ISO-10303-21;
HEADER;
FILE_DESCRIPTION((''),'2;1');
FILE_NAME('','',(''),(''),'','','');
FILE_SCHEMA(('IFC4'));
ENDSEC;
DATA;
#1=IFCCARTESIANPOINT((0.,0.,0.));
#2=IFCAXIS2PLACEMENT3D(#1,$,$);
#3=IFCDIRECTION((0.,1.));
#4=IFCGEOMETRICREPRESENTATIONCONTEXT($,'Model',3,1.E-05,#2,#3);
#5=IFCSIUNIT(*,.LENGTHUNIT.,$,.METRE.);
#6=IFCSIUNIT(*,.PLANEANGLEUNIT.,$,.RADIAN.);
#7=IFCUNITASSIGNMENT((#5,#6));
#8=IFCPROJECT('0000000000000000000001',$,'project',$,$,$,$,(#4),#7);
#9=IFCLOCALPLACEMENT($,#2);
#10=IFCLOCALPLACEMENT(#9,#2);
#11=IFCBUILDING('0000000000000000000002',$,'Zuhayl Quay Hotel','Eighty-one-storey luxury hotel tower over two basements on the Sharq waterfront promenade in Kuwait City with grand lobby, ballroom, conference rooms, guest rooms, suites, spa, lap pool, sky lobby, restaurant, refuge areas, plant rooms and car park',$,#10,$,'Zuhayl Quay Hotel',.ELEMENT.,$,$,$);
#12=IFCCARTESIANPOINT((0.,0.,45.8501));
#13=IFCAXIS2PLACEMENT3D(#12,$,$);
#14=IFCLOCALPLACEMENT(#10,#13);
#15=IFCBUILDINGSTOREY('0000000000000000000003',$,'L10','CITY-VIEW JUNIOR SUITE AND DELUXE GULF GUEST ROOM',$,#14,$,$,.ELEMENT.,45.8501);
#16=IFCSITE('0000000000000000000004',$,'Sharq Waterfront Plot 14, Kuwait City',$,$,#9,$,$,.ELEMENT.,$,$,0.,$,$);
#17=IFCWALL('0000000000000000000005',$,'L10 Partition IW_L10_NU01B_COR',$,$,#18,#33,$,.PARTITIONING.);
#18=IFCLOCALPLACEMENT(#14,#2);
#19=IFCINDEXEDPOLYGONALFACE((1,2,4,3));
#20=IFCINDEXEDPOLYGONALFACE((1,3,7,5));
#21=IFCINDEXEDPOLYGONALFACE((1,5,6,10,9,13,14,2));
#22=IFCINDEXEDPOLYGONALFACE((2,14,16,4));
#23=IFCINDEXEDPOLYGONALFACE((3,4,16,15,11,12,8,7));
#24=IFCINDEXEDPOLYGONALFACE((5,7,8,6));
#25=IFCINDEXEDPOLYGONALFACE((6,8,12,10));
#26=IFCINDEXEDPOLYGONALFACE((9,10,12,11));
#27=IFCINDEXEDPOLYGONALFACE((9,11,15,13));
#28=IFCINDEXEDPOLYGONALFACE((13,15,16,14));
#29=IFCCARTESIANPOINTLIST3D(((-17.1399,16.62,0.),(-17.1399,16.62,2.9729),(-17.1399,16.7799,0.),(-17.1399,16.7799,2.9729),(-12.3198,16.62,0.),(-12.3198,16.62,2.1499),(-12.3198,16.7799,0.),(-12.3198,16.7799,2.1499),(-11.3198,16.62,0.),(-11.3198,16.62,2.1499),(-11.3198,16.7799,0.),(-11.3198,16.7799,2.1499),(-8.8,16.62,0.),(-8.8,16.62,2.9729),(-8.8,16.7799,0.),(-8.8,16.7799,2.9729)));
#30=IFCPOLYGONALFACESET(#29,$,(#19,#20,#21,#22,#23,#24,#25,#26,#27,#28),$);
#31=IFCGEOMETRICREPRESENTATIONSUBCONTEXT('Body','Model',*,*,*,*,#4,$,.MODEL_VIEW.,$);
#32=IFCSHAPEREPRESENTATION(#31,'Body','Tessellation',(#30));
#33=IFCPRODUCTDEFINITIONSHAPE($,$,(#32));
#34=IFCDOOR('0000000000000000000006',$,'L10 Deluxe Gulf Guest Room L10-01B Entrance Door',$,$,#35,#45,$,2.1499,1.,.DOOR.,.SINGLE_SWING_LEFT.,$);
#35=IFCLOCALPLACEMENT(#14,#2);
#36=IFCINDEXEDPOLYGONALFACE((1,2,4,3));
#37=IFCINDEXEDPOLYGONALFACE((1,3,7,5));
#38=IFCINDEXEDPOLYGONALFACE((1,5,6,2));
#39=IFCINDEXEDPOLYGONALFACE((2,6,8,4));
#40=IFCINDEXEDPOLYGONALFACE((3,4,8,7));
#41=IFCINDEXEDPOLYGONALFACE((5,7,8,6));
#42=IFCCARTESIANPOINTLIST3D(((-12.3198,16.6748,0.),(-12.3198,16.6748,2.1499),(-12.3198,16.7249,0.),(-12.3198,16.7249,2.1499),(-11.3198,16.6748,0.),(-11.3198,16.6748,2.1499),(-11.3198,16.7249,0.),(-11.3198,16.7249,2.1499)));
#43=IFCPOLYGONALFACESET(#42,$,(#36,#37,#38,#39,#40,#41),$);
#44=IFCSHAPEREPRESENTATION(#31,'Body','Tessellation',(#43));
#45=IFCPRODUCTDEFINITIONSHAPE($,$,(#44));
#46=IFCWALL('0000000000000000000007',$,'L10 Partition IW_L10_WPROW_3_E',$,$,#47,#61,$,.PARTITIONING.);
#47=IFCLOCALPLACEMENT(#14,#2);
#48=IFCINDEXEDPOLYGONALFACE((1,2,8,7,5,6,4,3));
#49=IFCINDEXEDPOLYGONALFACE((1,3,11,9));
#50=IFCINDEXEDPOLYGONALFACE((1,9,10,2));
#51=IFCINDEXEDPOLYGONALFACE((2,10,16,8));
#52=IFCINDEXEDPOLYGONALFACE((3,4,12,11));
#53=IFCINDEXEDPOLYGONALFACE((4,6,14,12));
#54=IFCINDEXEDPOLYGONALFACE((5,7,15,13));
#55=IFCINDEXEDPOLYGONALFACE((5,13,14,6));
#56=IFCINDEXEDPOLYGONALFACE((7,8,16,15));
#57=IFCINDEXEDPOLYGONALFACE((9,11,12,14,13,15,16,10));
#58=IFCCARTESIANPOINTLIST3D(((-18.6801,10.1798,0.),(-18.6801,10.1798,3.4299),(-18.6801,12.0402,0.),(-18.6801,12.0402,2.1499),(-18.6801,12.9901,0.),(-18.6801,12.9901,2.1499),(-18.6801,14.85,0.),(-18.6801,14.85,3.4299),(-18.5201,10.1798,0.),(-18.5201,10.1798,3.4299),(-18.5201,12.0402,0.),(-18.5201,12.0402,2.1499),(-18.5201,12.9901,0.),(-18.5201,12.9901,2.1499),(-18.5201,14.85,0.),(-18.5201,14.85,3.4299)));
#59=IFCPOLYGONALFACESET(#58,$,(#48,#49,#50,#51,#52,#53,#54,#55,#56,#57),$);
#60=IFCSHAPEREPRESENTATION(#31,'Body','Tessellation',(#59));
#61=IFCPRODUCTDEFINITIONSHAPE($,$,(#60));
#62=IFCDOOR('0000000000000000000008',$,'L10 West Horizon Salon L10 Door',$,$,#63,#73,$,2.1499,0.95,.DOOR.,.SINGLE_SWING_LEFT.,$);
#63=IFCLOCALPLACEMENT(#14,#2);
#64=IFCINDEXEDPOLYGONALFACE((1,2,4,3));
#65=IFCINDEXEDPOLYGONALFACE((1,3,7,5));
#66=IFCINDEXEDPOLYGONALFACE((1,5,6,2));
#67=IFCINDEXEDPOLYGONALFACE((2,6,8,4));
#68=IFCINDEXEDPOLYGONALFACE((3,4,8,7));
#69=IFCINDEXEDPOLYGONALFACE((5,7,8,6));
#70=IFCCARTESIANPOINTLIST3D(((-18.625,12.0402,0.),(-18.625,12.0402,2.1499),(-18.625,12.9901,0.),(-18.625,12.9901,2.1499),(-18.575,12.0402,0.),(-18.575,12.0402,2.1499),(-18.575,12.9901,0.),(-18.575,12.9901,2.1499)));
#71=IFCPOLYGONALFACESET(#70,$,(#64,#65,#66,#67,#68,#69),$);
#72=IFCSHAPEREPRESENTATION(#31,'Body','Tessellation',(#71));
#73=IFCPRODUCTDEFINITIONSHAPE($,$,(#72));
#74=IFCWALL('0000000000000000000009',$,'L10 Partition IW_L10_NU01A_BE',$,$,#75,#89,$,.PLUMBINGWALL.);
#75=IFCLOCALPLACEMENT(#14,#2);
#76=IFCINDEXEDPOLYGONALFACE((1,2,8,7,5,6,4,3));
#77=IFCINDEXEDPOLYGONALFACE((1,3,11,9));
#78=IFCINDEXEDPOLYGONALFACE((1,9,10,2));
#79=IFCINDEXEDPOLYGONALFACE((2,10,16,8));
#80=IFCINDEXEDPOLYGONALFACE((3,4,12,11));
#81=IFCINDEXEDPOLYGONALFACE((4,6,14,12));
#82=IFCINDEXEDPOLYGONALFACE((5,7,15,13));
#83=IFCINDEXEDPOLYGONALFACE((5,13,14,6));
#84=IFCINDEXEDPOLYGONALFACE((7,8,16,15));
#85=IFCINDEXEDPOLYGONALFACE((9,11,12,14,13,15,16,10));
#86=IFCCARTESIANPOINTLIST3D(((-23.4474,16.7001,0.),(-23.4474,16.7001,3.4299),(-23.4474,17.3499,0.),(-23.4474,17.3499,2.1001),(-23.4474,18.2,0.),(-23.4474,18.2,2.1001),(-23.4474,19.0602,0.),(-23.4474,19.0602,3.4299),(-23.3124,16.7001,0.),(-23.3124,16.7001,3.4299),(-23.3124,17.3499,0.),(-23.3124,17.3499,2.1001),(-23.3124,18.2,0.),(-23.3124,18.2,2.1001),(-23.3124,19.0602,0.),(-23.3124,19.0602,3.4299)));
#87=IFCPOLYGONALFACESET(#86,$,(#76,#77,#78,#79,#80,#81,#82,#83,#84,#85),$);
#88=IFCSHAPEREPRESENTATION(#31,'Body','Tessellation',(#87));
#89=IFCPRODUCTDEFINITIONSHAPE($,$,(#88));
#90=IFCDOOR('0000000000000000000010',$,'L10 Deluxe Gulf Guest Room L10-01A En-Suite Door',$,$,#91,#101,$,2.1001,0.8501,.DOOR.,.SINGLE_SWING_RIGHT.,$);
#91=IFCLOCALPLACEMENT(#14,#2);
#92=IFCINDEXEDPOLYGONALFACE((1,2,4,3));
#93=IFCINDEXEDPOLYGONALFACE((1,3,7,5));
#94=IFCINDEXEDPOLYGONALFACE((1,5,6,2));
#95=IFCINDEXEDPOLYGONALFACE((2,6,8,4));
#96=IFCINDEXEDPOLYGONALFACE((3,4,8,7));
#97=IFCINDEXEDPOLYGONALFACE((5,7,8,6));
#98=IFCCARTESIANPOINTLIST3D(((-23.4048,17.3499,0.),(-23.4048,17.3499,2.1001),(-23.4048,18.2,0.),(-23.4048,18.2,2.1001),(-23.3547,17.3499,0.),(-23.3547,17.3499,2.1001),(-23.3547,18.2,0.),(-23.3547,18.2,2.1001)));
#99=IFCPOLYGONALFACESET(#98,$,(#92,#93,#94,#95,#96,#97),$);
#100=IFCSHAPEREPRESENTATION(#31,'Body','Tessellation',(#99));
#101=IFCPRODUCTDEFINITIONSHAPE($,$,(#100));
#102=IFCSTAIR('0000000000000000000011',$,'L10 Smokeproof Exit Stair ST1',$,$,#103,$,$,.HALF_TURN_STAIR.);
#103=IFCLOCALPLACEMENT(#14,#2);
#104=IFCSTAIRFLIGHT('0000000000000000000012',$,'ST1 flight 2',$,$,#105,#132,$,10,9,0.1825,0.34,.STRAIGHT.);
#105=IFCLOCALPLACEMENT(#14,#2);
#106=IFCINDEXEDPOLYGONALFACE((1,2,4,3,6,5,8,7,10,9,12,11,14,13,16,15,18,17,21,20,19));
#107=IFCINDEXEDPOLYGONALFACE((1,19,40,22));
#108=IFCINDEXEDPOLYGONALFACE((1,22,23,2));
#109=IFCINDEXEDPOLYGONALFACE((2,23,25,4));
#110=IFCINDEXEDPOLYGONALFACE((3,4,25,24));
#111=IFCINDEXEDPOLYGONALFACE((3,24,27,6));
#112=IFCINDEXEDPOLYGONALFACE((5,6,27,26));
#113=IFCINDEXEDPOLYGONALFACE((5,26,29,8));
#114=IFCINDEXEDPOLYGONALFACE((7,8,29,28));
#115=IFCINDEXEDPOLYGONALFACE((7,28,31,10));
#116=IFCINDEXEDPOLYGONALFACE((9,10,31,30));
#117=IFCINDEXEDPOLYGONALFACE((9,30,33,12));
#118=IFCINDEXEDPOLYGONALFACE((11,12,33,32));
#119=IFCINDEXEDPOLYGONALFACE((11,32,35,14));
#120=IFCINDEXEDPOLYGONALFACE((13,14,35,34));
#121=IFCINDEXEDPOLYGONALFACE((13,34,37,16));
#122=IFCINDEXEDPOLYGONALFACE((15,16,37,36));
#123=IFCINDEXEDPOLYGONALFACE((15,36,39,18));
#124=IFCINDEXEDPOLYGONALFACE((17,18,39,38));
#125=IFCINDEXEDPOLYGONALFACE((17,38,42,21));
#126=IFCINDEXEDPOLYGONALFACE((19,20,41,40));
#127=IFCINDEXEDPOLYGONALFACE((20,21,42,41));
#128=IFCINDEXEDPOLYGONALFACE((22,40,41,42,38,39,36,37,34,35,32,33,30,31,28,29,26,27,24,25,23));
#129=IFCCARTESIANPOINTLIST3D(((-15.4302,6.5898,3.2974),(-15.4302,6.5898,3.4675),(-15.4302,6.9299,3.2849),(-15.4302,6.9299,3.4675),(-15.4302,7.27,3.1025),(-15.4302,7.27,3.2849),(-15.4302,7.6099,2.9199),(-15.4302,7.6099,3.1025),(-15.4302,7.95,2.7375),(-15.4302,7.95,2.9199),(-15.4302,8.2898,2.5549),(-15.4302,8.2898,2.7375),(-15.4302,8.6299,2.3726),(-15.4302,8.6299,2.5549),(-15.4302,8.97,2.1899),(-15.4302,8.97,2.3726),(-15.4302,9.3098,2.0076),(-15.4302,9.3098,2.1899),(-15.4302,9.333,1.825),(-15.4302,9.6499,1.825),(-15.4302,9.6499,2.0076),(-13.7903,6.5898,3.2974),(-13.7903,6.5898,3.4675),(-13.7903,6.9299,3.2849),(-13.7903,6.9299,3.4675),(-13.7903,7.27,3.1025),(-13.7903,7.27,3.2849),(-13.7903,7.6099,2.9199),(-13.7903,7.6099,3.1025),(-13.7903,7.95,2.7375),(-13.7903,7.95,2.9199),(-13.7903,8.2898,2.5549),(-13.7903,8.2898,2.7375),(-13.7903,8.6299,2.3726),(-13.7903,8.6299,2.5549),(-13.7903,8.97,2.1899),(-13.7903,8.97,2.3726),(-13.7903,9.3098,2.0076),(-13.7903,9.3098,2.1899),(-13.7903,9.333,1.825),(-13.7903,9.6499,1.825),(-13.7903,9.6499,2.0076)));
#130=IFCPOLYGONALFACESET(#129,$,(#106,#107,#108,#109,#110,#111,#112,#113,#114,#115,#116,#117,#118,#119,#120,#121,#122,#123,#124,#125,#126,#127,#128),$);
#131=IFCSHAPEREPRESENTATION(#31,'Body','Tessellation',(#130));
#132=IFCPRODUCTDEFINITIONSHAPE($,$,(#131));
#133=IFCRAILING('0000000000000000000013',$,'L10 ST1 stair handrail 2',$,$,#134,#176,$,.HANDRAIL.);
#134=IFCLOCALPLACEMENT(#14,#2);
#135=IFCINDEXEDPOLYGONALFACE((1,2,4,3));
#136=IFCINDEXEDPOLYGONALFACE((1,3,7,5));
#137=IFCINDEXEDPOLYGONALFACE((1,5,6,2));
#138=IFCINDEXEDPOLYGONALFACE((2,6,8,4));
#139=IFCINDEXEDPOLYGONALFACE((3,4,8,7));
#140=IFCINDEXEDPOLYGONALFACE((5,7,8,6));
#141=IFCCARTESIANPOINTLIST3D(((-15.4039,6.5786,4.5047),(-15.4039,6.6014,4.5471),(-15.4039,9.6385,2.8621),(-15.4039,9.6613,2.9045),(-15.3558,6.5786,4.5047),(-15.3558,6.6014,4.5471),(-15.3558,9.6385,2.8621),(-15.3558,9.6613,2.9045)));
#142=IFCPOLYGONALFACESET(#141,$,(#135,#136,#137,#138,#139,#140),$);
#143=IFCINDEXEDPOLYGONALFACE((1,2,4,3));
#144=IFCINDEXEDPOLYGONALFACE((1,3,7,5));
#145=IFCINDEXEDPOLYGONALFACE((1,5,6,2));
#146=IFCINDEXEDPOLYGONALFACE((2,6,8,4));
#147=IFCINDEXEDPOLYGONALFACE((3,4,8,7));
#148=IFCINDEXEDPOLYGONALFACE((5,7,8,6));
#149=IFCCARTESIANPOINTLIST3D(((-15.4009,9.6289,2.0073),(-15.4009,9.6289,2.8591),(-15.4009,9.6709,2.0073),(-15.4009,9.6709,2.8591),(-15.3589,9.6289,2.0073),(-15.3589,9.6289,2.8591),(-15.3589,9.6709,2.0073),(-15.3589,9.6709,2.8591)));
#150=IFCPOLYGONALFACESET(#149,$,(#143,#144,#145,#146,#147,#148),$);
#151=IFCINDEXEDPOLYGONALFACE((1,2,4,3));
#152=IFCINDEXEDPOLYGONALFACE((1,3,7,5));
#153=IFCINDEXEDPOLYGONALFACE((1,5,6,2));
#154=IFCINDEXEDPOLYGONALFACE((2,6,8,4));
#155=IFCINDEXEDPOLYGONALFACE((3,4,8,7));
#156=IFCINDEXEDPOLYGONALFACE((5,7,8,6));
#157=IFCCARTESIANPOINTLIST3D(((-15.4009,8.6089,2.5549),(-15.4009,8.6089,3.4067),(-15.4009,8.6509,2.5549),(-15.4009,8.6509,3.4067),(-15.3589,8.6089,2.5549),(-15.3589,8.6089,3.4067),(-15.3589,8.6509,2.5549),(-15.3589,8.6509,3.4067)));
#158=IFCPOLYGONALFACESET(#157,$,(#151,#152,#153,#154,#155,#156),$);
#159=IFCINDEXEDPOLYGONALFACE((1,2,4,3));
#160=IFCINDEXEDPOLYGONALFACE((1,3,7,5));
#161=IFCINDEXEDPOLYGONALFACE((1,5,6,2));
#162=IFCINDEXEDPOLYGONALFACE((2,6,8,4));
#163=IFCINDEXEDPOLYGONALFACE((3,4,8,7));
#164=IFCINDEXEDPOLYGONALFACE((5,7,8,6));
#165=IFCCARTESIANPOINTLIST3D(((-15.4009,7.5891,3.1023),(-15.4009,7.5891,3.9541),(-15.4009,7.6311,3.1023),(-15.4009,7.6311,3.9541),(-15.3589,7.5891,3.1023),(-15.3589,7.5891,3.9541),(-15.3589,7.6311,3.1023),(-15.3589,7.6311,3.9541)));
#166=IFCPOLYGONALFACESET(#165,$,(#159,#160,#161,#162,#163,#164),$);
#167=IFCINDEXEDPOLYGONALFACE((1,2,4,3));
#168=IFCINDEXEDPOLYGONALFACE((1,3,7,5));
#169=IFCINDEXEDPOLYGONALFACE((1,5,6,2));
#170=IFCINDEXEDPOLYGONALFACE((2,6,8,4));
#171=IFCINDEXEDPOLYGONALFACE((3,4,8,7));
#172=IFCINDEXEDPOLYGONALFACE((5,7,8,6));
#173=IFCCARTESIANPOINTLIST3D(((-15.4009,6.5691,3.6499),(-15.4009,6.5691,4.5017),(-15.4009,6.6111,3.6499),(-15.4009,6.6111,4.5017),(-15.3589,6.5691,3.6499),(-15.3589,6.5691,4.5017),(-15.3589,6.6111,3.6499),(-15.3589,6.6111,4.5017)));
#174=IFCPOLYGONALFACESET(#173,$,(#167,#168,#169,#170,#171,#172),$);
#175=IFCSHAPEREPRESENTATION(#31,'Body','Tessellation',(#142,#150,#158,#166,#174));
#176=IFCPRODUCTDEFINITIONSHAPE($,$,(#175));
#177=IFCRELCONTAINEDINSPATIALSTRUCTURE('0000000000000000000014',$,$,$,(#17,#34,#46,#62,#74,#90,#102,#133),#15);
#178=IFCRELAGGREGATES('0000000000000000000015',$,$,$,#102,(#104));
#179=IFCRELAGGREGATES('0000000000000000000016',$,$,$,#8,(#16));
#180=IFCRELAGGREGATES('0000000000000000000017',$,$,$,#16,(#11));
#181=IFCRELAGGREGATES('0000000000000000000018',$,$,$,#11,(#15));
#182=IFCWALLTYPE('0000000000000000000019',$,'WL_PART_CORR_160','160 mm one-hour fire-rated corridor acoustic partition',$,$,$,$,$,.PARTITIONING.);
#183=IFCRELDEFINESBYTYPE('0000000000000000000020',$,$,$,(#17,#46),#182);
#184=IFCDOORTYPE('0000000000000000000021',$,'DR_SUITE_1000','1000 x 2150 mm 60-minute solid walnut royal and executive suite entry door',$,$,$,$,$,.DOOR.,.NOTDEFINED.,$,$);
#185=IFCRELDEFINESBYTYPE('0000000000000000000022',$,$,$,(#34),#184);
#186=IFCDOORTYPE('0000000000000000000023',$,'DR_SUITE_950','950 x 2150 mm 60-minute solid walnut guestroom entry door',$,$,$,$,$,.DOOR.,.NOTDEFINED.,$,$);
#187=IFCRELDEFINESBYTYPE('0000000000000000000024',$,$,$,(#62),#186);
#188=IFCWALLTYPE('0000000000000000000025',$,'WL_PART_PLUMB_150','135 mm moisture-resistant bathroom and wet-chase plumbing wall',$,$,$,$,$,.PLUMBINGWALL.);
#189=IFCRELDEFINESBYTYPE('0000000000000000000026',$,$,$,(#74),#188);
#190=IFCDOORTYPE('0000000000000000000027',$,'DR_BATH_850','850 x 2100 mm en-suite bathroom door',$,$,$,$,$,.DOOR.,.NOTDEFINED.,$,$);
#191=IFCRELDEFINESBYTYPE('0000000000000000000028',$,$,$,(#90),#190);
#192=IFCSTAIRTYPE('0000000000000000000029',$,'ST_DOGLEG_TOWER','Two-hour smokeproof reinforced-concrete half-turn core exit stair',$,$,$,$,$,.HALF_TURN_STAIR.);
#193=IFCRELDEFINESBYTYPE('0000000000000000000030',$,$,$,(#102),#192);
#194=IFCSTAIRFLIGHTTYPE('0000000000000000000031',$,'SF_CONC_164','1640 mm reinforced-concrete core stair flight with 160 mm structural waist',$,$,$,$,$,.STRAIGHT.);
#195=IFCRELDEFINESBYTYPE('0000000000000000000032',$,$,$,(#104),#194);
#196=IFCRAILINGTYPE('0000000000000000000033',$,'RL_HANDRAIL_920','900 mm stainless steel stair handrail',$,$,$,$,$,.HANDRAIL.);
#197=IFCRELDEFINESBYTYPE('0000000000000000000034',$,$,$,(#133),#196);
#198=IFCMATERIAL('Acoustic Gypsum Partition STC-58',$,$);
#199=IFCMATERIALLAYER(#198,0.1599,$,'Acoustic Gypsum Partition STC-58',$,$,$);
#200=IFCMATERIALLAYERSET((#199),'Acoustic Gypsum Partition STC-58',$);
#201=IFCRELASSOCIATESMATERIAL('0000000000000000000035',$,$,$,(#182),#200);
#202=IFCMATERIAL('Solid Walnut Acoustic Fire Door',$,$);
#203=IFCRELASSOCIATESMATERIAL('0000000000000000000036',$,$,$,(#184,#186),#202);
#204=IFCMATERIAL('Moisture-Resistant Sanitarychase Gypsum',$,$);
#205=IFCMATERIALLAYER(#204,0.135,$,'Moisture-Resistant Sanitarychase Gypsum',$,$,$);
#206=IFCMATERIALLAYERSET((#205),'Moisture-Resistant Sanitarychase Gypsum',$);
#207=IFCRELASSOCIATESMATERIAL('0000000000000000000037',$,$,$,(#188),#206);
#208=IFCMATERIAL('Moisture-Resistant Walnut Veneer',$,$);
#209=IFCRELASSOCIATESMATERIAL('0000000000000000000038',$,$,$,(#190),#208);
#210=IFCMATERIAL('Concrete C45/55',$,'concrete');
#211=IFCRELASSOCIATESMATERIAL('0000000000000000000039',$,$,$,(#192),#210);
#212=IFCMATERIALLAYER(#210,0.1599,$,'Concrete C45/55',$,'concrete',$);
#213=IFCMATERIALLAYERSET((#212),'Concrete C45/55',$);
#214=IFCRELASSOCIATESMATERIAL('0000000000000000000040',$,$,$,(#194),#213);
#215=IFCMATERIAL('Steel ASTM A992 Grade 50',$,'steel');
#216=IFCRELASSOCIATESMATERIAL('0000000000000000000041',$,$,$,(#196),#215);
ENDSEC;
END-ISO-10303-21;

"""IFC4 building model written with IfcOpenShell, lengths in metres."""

from ifc_helpers import new_model, si_unit, direction, frame, frame_2d, origin, origin_2d, place, context, subcontext, project, spatial, polyline, rectangle, outline, extrude, material, layer, layer_set, type_object, element, fill, aggregate, save


model = new_model("IFC4")

# Units and contexts
model_context = context("Model", 3, precision=1e-05, world=origin(), true_north=direction((0.0, 1.0)))
body_context = subcontext(model_context, "Body", "Model", "MODEL_VIEW")
ifc_project = project(units=[si_unit("LENGTHUNIT", "METRE"), si_unit("PLANEANGLEUNIT", "RADIAN")], contexts=[model_context])

# Site, building, storey
site_placement = place(None, origin())
site = spatial("IfcSite", under=ifc_project, at=site_placement, Name="Sharq Waterfront Plot 14, Kuwait City", CompositionType="ELEMENT", RefElevation=0.0)
building_placement = place(site_placement, origin())
building = spatial("IfcBuilding", under=site, at=building_placement, Name="Zuhayl Quay Hotel", Description="Eighty-one-storey luxury hotel tower over two basements on the Sharq waterfront promenade in Kuwait City with grand lobby, ballroom, conference rooms, guest rooms, suites, spa, lap pool, sky lobby, restaurant, refuge areas, plant rooms and car park", LongName="Zuhayl Quay Hotel", CompositionType="ELEMENT")
storey_placement = place(building_placement, frame((0.0, 0.0, 45.8501)))
storey = spatial("IfcBuildingStorey", under=building, at=storey_placement, Name="L10", Description="CITY-VIEW JUNIOR SUITE AND DELUXE GULF GUEST ROOM", CompositionType="ELEMENT", Elevation=45.8501)

# Shared definitions
ifc_material_1 = material(Name="Acoustic Gypsum Partition STC-58")

# Walls, openings, doors
ifc_layer_1 = layer(ifc_material_1, 0.1599, Name="Acoustic Gypsum Partition STC-58")
ifc_layer_set_1 = layer_set([ifc_layer_1], Name="Acoustic Gypsum Partition STC-58")
wall_type_1 = type_object("IfcWallType", Name="WL_PART_CORR_160", Description="160 mm one-hour fire-rated corridor acoustic partition", PredefinedType="PARTITIONING", material=ifc_layer_set_1)
ifc_material_2 = material(Name="Solid Walnut Acoustic Fire Door")
door_type_1 = type_object("IfcDoorType", Name="DR_SUITE_1000", Description="1000 x 2150 mm 60-minute solid walnut royal and executive suite entry door", OperationType="NOTDEFINED", PredefinedType="DOOR", material=ifc_material_2)
wall_1_placement = place(storey_placement, frame((-17.1399, 16.7, 0.0), z_axis=(0.0, 0.0, 1.0), x_axis=(1.0, 0.0, 0.0)))
wall_1 = element("IfcWall", 1, at=wall_1_placement, inside=storey, type_object=wall_type_1, Name="L10 Partition IW_L10_NU01B_COR", PredefinedType="PARTITIONING", context=body_context, shape_type="SweptSolid", body=[
    extrude(rectangle(XDim=8.3398, YDim=0.1599, at=frame_2d((4.1699, 0.0))), origin(), (0.0, 0.0, 1.0), 2.9729),
])
opening_1_placement = place(wall_1_placement, frame((4.8201, 0.0, 0.0)))
opening_1 = element("IfcOpeningElement", 2, at=opening_1_placement, cuts=wall_1, PredefinedType="OPENING", context=body_context, shape_type="SweptSolid", body=[
    extrude(rectangle(XDim=1.0, YDim=2.1499, at=frame_2d((0.5, 1.075))), frame((0.0, 0.0898, 0.0), z_axis=(0.0, -1.0, 0.0), x_axis=(1.0, 0.0, 0.0)), (0.0, 0.0, 1.0), 0.1799),
])
door_1_placement = place(opening_1_placement, origin())
door_1 = element("IfcDoor", 3, at=door_1_placement, inside=storey, type_object=door_type_1, Name="L10 Deluxe Gulf Guest Room L10-01B Entrance Door", OperationType="SINGLE_SWING_LEFT", OverallHeight=2.1499, OverallWidth=1.0, PredefinedType="DOOR", context=body_context, shape_type="SweptSolid", body=[
    extrude(rectangle(XDim=1.0, YDim=2.1499, at=frame_2d((0.5, 1.075))), frame((0.0, 0.0249, 0.0), z_axis=(0.0, -1.0, 0.0), x_axis=(1.0, 0.0, 0.0)), (0.0, 0.0, 1.0), 0.05),
])
fill(opening_1, door_1)
door_type_2 = type_object("IfcDoorType", Name="DR_SUITE_950", Description="950 x 2150 mm 60-minute solid walnut guestroom entry door", OperationType="NOTDEFINED", PredefinedType="DOOR", material=ifc_material_2)
wall_2_placement = place(storey_placement, frame((-18.6001, 10.1799, 0.0), z_axis=(0.0, 0.0, 1.0), x_axis=(0.0, 1.0, 0.0)))
wall_2 = element("IfcWall", 4, at=wall_2_placement, inside=storey, type_object=wall_type_1, Name="L10 Partition IW_L10_WPROW_3_E", PredefinedType="PARTITIONING", context=body_context, shape_type="SweptSolid", body=[
    extrude(rectangle(XDim=4.6702, YDim=0.1599, at=frame_2d((2.335, 0.0))), origin(), (0.0, 0.0, 1.0), 3.4299),
])
opening_2_placement = place(wall_2_placement, frame((1.8601, 0.0, 0.0)))
opening_2 = element("IfcOpeningElement", 5, at=opening_2_placement, cuts=wall_2, PredefinedType="OPENING", context=body_context, shape_type="SweptSolid", body=[
    extrude(rectangle(XDim=0.95, YDim=2.1499, at=frame_2d((0.4751, 1.075))), frame((0.0, 0.0898, 0.0), z_axis=(0.0, -1.0, 0.0), x_axis=(1.0, 0.0, 0.0)), (0.0, 0.0, 1.0), 0.1799),
])
door_2_placement = place(opening_2_placement, origin())
door_2 = element("IfcDoor", 6, at=door_2_placement, inside=storey, type_object=door_type_2, Name="L10 West Horizon Salon L10 Door", OperationType="SINGLE_SWING_LEFT", OverallHeight=2.1499, OverallWidth=0.95, PredefinedType="DOOR", context=body_context, shape_type="SweptSolid", body=[
    extrude(rectangle(XDim=0.95, YDim=2.1499, at=frame_2d((0.4751, 1.075))), frame((0.0, 0.0249, 0.0), z_axis=(0.0, -1.0, 0.0), x_axis=(1.0, 0.0, 0.0)), (0.0, 0.0, 1.0), 0.05),
])
fill(opening_2, door_2)
ifc_material_3 = material(Name="Moisture-Resistant Sanitarychase Gypsum")
ifc_layer_2 = layer(ifc_material_3, 0.135, Name="Moisture-Resistant Sanitarychase Gypsum")
ifc_layer_set_2 = layer_set([ifc_layer_2], Name="Moisture-Resistant Sanitarychase Gypsum")
wall_type_2 = type_object("IfcWallType", Name="WL_PART_PLUMB_150", Description="135 mm moisture-resistant bathroom and wet-chase plumbing wall", PredefinedType="PLUMBINGWALL", material=ifc_layer_set_2)
wall_3_placement = place(storey_placement, frame((-23.3799, 16.7, 0.0), z_axis=(0.0, 0.0, 1.0), x_axis=(0.0, 1.0, 0.0)))
wall_3 = element("IfcWall", 7, at=wall_3_placement, inside=storey, type_object=wall_type_2, Name="L10 Partition IW_L10_NU01A_BE", PredefinedType="PLUMBINGWALL", context=body_context, shape_type="SweptSolid", body=[
    extrude(rectangle(XDim=2.3601, YDim=0.135, at=frame_2d((1.1802, 0.0))), origin(), (0.0, 0.0, 1.0), 3.4299),
])
opening_3_placement = place(wall_3_placement, frame((0.6499, 0.0, 0.0)))
opening_3 = element("IfcOpeningElement", 8, at=opening_3_placement, cuts=wall_3, PredefinedType="OPENING", context=body_context, shape_type="SweptSolid", body=[
    extrude(rectangle(XDim=0.8501, YDim=2.1001, at=frame_2d((0.425, 1.05))), frame((0.0, 0.0774, 0.0), z_axis=(0.0, -1.0, 0.0), x_axis=(1.0, 0.0, 0.0)), (0.0, 0.0, 1.0), 0.155),
])
ifc_material_4 = material(Name="Moisture-Resistant Walnut Veneer")
door_type_3 = type_object("IfcDoorType", Name="DR_BATH_850", Description="850 x 2100 mm en-suite bathroom door", OperationType="NOTDEFINED", PredefinedType="DOOR", material=ifc_material_4)
door_3_placement = place(opening_3_placement, origin())
door_3 = element("IfcDoor", 9, at=door_3_placement, inside=storey, type_object=door_type_3, Name="L10 Deluxe Gulf Guest Room L10-01A En-Suite Door", OperationType="SINGLE_SWING_RIGHT", OverallHeight=2.1001, OverallWidth=0.8501, PredefinedType="DOOR", context=body_context, shape_type="SweptSolid", body=[
    extrude(rectangle(XDim=0.8501, YDim=2.1001, at=frame_2d((0.425, 1.05))), frame((0.0, 0.0249, 0.0), z_axis=(0.0, -1.0, 0.0), x_axis=(1.0, 0.0, 0.0)), (0.0, 0.0, 1.0), 0.05),
])
fill(opening_3, door_3)

# Stair, stair flight
ifc_material_5 = material(Name="Concrete C45/55", Category="concrete")
stair_type = type_object("IfcStairType", Name="ST_DOGLEG_TOWER", Description="Two-hour smokeproof reinforced-concrete half-turn core exit stair", PredefinedType="HALF_TURN_STAIR", material=ifc_material_5)
stair_placement = place(storey_placement, origin())
stair = element("IfcStair", 10, at=stair_placement, inside=storey, type_object=stair_type, Name="L10 Smokeproof Exit Stair ST1", PredefinedType="HALF_TURN_STAIR")
ifc_layer_3 = layer(ifc_material_5, 0.1599, Name="Concrete C45/55", Category="concrete")
ifc_layer_set_3 = layer_set([ifc_layer_3], Name="Concrete C45/55")
stair_flight_type = type_object("IfcStairFlightType", Name="SF_CONC_164", Description="1640 mm reinforced-concrete core stair flight with 160 mm structural waist", PredefinedType="STRAIGHT", material=ifc_layer_set_3)
stair_flight_placement = place(storey_placement, frame((-14.6101, 9.6499, 1.825), z_axis=(0.0, 0.0, 1.0), x_axis=(0.0, -1.0, 0.0)))
stair_flight = element("IfcStairFlight", 11, at=stair_flight_placement, type_object=stair_flight_type, Name="ST1 flight 2", NumberOfRisers=10, NumberOfTreads=9, PredefinedType="STRAIGHT", RiserHeight=0.1825, TreadLength=0.34, context=body_context, shape_type="SweptSolid", body=[
    extrude(outline(polyline([(0.0, 0.0), (0.0, 0.1826), (0.3401, 0.1826), (0.3401, 0.365), (0.6799, 0.365), (0.6799, 0.5476), (1.02, 0.5476), (1.02, 0.73), (1.3601, 0.73), (1.3601, 0.9126), (1.7, 0.9126), (1.7, 1.095), (2.04, 1.095), (2.04, 1.2776), (2.3799, 1.2776), (2.3799, 1.46), (2.72, 1.46), (2.72, 1.6426), (3.0601, 1.6426), (3.0601, 1.825), (3.0601, 1.4724), (0.3169, 0.0), (0.0, 0.0)])), frame((0.0, 0.8198, 0.0), z_axis=(0.0, -1.0, 0.0), x_axis=(1.0, 0.0, 0.0)), (0.0, 0.0, 1.0), 1.6399),
])
aggregate(stair, [stair_flight])

# Railing
ifc_material_6 = material(Name="Steel ASTM A992 Grade 50", Category="steel")
railing_type = type_object("IfcRailingType", Name="RL_HANDRAIL_920", Description="900 mm stainless steel stair handrail", PredefinedType="HANDRAIL", material=ifc_material_6)
railing_placement = place(storey_placement, frame((-15.3799, 9.6499, 2.0073)))
element("IfcRailing", 12, at=railing_placement, inside=storey, type_object=railing_type, Name="L10 ST1 stair handrail 2", PredefinedType="HANDRAIL", context=body_context, shape_type="SweptSolid", body=[
    extrude(rectangle(XDim=0.0481, YDim=0.0481, at=origin_2d()), frame((0.0, 0.0, 0.876), z_axis=(0.0, -0.881073, 0.47298), x_axis=(1.0, 0.0, 0.0)), (0.0, 0.0, 1.0), 3.4729),
    extrude(rectangle(XDim=0.042, YDim=0.042, at=origin_2d()), origin(), (0.0, 0.0, 1.0), 0.8518),
    extrude(rectangle(XDim=0.042, YDim=0.042, at=origin_2d()), frame((0.0, -1.02, 0.5476)), (0.0, 0.0, 1.0), 0.8518),
    extrude(rectangle(XDim=0.042, YDim=0.042, at=origin_2d()), frame((0.0, -2.0398, 1.095)), (0.0, 0.0, 1.0), 0.8518),
    extrude(rectangle(XDim=0.042, YDim=0.042, at=origin_2d()), frame((0.0, -3.0598, 1.6426)), (0.0, 0.0, 1.0), 0.8518),
])

save(model, "model.ifc")
